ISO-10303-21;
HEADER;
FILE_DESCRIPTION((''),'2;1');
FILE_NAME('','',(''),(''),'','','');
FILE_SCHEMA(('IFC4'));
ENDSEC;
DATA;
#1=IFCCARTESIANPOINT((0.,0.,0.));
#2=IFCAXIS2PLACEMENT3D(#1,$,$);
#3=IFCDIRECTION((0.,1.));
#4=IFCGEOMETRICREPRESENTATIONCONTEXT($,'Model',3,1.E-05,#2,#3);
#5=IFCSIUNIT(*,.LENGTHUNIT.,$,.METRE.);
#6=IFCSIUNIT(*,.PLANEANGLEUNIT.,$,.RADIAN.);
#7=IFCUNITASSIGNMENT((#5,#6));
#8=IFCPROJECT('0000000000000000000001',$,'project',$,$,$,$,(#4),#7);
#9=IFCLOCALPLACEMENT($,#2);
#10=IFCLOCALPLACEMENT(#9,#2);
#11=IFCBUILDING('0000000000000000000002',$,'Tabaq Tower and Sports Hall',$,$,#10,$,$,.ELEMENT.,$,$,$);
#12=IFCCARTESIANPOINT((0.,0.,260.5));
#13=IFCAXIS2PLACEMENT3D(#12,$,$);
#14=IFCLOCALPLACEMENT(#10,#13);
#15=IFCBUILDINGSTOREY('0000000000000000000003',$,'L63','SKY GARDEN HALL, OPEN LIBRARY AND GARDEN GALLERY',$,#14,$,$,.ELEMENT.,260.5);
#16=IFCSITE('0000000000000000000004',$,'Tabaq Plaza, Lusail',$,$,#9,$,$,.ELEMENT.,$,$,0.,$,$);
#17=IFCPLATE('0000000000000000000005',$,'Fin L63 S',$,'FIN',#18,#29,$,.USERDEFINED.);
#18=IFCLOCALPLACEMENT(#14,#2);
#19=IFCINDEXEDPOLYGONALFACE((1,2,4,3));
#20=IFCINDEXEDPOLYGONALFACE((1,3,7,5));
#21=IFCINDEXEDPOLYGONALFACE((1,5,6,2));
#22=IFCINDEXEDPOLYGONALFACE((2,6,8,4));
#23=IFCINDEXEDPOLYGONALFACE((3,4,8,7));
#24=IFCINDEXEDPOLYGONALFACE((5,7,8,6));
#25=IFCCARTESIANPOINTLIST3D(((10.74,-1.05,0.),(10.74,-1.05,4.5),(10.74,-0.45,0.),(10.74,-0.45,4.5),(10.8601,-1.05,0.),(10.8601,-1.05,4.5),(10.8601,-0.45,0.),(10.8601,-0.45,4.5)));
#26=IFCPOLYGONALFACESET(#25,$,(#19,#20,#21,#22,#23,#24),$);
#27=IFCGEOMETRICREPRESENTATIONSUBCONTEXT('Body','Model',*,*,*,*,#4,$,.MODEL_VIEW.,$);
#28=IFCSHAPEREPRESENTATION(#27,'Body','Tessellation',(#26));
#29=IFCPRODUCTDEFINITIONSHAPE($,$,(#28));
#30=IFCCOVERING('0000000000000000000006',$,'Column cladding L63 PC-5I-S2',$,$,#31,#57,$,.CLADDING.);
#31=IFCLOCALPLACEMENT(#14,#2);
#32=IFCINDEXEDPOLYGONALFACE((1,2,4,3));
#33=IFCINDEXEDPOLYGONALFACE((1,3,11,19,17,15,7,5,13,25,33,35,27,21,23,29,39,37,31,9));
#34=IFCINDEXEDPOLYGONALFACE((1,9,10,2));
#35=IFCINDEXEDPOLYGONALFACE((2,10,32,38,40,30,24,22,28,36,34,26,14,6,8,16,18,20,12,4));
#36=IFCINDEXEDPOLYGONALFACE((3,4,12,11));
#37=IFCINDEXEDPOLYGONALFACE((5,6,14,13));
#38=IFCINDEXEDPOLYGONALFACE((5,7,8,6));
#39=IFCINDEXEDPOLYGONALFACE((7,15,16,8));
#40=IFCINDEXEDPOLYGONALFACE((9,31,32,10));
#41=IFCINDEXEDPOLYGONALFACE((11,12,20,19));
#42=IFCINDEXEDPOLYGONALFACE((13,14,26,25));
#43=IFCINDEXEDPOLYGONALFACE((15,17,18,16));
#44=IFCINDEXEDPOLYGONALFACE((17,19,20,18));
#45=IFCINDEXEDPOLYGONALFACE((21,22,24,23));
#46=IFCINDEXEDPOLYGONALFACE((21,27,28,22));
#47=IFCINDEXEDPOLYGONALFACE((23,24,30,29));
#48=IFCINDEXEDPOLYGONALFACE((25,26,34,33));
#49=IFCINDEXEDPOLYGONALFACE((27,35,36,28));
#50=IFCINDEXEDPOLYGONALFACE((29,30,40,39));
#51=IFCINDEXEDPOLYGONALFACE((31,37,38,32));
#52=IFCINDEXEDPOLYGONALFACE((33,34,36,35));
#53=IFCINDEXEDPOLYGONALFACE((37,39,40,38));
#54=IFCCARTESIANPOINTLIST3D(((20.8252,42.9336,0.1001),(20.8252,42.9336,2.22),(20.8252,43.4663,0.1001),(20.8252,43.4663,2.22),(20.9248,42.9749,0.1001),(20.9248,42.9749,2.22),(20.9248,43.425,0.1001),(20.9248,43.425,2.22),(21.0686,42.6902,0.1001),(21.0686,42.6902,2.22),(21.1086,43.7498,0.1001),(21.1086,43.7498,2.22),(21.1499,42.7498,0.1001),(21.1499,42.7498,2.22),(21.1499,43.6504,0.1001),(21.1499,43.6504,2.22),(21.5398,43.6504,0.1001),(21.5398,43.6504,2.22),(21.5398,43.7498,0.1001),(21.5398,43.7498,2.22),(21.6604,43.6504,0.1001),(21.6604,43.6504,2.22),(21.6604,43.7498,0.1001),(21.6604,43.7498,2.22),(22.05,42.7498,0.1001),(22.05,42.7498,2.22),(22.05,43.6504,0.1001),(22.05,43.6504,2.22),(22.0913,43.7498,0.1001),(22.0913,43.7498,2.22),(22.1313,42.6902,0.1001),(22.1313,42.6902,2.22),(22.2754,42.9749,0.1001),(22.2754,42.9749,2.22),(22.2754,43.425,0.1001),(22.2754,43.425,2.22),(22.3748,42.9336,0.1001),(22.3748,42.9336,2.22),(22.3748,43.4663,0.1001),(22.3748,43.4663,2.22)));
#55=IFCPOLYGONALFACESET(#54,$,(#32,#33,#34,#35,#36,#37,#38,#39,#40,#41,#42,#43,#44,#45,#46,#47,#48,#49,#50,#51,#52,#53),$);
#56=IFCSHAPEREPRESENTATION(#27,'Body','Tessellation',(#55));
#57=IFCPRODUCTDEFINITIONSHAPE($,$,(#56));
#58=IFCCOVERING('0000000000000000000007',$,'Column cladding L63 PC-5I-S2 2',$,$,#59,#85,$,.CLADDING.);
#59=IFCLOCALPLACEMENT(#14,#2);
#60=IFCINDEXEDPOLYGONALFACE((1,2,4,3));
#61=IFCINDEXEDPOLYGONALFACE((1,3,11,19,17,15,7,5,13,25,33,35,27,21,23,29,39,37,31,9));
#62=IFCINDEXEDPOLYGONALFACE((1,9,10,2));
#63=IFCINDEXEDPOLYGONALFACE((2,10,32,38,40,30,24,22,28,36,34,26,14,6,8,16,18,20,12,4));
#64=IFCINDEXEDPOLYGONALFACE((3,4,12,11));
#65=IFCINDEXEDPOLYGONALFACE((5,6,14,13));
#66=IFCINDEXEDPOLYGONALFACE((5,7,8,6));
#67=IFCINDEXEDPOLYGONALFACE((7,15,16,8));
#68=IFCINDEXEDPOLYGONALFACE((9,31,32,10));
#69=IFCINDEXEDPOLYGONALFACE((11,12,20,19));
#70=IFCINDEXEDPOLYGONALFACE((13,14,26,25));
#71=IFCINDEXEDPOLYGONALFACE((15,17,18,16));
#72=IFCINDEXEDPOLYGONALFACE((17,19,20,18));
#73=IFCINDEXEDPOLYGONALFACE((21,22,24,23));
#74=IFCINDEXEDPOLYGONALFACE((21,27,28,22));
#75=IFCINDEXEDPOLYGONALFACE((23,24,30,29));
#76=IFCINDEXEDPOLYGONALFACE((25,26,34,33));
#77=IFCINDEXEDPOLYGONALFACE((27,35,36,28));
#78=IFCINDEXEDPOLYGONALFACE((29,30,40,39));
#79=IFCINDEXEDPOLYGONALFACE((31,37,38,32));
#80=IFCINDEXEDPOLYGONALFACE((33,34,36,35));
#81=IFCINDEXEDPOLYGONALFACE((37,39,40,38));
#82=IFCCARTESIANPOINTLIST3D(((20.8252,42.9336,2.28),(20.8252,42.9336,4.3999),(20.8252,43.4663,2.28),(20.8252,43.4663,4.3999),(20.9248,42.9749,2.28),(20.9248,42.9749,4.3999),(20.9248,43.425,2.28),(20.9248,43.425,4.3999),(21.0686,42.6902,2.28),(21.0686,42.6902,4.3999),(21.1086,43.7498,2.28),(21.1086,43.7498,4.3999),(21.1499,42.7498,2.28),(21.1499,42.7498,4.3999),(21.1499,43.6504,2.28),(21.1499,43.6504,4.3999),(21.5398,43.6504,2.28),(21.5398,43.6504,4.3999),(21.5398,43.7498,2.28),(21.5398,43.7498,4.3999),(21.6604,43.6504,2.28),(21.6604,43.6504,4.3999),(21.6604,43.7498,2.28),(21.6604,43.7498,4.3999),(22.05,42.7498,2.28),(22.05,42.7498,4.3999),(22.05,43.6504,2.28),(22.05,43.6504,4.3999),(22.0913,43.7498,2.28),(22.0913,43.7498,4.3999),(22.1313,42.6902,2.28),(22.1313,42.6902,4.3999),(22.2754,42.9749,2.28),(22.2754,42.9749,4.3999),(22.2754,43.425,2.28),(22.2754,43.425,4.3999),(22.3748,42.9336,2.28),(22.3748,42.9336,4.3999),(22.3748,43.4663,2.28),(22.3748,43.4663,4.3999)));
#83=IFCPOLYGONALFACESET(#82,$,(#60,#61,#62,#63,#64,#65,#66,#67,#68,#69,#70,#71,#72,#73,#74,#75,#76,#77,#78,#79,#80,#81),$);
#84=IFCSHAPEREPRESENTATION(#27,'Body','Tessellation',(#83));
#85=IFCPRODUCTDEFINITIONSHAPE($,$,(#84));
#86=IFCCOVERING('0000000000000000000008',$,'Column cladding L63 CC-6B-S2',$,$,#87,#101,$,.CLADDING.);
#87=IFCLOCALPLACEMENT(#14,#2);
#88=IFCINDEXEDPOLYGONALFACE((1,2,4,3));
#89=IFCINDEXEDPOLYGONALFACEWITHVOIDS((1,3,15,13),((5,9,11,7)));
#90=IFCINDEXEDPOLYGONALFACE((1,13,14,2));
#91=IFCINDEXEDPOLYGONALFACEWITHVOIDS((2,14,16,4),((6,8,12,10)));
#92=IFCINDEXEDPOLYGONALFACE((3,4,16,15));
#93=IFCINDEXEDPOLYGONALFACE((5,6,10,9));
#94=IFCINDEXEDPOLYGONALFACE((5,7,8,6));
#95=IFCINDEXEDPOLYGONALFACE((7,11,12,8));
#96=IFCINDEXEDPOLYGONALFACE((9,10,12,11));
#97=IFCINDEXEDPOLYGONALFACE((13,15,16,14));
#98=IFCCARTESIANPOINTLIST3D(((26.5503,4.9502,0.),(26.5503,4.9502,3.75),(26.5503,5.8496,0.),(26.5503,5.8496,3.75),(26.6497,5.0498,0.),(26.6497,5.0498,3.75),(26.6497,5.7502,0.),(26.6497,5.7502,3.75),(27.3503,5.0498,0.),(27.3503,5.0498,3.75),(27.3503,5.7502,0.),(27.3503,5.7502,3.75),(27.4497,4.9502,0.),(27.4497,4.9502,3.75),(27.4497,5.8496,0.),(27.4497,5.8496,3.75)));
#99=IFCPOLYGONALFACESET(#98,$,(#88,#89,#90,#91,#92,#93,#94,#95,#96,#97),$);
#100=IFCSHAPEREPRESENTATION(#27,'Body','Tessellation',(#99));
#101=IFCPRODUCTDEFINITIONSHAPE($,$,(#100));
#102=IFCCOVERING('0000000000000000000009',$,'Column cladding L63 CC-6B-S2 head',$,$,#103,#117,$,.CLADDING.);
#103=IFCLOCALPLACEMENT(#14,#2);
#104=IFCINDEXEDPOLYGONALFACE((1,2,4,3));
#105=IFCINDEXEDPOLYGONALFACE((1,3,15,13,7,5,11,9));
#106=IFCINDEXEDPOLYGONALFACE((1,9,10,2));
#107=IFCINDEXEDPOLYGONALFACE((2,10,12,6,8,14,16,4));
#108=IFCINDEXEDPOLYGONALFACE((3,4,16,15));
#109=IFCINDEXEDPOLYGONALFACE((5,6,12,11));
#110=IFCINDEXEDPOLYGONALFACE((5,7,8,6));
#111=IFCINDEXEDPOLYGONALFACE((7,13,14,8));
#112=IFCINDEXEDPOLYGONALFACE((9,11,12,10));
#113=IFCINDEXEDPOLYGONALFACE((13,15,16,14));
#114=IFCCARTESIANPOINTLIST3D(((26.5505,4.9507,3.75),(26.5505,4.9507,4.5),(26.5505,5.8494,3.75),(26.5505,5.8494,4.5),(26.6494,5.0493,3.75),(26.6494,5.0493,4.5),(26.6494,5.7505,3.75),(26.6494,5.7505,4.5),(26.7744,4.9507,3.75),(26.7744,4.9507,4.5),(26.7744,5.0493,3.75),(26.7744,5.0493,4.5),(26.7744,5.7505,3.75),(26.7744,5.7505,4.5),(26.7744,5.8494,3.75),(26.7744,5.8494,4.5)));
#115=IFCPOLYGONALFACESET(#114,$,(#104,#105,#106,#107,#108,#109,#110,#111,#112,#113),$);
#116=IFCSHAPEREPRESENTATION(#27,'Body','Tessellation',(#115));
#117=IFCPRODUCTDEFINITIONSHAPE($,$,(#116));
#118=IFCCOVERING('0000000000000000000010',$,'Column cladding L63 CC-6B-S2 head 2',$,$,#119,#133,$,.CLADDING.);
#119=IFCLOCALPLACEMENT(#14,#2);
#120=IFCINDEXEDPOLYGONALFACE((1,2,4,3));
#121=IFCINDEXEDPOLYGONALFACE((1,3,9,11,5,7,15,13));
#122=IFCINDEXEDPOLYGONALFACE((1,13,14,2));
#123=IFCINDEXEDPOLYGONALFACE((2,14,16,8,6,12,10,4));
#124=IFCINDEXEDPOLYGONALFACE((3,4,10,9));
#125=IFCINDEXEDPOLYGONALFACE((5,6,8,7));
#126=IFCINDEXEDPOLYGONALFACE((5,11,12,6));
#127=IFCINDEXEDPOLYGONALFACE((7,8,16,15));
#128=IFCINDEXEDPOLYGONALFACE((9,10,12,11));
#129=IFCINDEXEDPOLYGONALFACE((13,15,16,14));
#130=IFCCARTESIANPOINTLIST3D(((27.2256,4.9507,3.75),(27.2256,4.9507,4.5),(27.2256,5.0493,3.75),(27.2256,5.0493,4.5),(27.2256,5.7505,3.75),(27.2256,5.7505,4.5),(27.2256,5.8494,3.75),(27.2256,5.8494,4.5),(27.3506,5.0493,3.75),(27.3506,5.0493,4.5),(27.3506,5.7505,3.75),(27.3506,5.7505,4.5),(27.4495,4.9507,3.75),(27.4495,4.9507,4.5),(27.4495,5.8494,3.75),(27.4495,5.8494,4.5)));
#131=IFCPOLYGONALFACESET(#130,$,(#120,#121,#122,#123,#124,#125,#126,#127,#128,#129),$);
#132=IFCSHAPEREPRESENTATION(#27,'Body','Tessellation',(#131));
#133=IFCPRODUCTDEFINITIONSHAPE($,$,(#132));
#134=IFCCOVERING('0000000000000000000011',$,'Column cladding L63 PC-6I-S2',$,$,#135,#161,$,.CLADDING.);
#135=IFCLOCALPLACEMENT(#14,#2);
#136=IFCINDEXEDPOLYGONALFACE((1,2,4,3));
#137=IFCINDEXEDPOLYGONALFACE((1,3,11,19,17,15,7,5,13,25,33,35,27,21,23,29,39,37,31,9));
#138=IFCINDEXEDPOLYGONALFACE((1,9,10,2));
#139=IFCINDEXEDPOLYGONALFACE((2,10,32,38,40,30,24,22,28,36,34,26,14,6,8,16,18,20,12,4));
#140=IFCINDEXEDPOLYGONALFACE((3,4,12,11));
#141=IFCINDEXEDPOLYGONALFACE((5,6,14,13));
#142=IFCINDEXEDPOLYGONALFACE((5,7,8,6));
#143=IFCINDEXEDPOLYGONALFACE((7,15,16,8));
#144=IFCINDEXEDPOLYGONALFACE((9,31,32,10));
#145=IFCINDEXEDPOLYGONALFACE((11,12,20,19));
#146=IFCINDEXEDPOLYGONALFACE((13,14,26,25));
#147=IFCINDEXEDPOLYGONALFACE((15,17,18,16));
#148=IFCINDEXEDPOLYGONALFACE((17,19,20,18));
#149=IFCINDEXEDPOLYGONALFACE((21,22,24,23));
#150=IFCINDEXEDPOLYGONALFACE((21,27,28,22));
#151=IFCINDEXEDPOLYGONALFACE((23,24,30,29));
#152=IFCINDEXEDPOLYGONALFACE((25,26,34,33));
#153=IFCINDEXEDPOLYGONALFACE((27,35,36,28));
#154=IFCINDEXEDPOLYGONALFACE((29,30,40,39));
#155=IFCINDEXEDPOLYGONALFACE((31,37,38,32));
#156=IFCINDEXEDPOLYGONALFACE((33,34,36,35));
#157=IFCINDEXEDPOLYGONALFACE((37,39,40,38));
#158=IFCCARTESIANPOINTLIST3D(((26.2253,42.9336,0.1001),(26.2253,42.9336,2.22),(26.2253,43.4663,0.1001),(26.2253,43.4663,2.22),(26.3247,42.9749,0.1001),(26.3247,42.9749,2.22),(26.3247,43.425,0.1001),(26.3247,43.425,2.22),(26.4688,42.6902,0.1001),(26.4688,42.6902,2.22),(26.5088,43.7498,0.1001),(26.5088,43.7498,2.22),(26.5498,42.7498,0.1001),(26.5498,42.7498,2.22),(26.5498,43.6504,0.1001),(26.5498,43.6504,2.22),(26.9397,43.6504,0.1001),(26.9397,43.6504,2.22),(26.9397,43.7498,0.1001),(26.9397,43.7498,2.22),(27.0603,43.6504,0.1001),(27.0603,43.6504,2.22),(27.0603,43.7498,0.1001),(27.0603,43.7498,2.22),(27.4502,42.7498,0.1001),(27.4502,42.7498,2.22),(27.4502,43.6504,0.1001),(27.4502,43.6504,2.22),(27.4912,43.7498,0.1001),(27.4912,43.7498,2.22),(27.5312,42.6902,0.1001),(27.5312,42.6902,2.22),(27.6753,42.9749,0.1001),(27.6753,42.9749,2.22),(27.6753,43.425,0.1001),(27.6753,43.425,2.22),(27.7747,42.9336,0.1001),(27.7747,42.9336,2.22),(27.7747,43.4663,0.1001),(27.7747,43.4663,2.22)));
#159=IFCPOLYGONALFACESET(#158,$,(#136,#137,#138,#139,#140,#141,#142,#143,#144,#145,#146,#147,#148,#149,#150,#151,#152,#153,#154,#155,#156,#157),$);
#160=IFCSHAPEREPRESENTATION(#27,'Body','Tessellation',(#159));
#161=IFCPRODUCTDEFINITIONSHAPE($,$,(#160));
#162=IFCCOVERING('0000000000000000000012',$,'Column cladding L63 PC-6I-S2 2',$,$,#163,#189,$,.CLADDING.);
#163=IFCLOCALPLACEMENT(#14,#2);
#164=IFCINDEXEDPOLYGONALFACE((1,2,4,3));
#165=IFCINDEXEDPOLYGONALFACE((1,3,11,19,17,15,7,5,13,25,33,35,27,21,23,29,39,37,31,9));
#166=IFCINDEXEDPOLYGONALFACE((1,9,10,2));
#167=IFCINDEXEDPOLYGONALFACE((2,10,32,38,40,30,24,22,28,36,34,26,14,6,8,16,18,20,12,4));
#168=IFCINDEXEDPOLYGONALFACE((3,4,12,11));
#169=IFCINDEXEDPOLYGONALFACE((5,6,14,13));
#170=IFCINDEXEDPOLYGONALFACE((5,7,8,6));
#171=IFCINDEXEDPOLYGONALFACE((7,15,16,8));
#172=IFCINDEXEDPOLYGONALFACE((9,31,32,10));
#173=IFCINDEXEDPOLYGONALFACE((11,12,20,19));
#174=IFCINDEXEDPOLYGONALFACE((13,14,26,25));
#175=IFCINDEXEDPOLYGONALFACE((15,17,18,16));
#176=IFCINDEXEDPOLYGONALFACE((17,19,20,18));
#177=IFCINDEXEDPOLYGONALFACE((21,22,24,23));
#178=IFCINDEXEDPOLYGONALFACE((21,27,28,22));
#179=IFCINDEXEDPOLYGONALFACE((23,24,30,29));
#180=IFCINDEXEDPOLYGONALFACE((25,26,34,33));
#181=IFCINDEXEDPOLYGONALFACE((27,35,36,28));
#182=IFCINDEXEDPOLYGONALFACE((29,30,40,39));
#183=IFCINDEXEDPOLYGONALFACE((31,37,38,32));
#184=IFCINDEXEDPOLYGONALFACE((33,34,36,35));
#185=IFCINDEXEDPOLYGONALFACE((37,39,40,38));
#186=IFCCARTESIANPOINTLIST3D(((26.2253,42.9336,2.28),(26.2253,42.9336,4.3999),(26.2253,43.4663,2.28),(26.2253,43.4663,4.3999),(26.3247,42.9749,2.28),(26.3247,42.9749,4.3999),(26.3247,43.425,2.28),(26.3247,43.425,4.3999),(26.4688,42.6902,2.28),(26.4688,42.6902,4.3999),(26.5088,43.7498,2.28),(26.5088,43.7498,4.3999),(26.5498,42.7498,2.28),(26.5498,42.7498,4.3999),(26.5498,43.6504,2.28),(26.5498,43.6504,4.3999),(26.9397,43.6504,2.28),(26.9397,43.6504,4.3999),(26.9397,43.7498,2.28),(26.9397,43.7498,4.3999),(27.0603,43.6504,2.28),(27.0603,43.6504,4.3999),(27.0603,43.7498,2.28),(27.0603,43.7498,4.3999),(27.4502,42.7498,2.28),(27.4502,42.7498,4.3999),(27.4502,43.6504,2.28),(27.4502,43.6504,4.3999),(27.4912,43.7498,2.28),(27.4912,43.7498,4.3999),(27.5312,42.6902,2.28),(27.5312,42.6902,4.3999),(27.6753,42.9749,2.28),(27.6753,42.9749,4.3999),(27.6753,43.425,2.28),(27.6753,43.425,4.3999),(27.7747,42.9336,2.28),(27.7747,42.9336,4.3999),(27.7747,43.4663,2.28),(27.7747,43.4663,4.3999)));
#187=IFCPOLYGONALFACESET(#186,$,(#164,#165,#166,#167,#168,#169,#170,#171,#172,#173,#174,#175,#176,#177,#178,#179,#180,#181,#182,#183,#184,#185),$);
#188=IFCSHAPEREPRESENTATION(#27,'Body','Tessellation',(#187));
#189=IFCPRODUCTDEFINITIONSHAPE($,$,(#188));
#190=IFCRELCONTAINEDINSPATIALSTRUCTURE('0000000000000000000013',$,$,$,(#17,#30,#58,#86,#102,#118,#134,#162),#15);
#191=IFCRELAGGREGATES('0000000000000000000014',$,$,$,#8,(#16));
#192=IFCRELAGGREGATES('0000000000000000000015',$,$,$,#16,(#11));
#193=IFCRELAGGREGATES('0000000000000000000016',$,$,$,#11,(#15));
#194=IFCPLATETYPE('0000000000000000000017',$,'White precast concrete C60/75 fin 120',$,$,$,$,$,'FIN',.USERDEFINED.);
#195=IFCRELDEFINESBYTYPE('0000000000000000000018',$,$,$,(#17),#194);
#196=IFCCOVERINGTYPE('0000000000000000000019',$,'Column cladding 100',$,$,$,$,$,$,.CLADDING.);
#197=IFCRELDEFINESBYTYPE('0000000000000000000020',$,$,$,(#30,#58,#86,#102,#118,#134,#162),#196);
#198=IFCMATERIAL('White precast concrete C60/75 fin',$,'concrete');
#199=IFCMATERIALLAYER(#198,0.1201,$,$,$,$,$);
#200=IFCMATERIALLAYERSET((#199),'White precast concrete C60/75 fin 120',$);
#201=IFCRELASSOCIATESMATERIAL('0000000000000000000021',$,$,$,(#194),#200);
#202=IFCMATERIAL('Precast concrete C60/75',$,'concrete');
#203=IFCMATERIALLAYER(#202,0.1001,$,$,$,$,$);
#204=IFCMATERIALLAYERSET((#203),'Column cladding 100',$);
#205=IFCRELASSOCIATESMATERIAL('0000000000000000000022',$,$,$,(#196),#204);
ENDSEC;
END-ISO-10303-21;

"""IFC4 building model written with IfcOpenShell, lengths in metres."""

from ifc_helpers import new_model, si_unit, direction, frame, origin, origin_2d, place, context, subcontext, project, spatial, polyline, rectangle, outline, extrude, material, layer, layer_set, type_object, element, save


model = new_model("IFC4")

# Units and contexts
model_context = context("Model", 3, precision=1e-05, world=origin(), true_north=direction((0.0, 1.0)))
body_context = subcontext(model_context, "Body", "Model", "MODEL_VIEW")
ifc_project = project(units=[si_unit("LENGTHUNIT", "METRE"), si_unit("PLANEANGLEUNIT", "RADIAN")], contexts=[model_context])

# Site, building, storey
site_placement = place(None, origin())
site = spatial("IfcSite", under=ifc_project, at=site_placement, Name="Tabaq Plaza, Lusail", CompositionType="ELEMENT", RefElevation=0.0)
building_placement = place(site_placement, origin())
building = spatial("IfcBuilding", under=site, at=building_placement, Name="Tabaq Tower and Sports Hall", CompositionType="ELEMENT")
storey_placement = place(building_placement, frame((0.0, 0.0, 260.5)))
storey = spatial("IfcBuildingStorey", under=building, at=storey_placement, Name="L63", Description="SKY GARDEN HALL, OPEN LIBRARY AND GARDEN GALLERY", CompositionType="ELEMENT", Elevation=260.5)

# Plate
ifc_material_1 = material(Name="White precast concrete C60/75 fin", Category="concrete")
ifc_layer_1 = layer(ifc_material_1, 0.1201)
ifc_layer_set_1 = layer_set([ifc_layer_1], Name="White precast concrete C60/75 fin 120")
plate_type = type_object("IfcPlateType", Name="White precast concrete C60/75 fin 120", ElementType="FIN", PredefinedType="USERDEFINED", material=ifc_layer_set_1)
plate_placement = place(storey_placement, frame((10.8, -0.75, 0.0), z_axis=(0.0, 0.0, 1.0), x_axis=(1.0, 0.0, 0.0)))
element("IfcPlate", 1, at=plate_placement, inside=storey, type_object=plate_type, Name="Fin L63 S", ObjectType="FIN", PredefinedType="USERDEFINED", context=body_context, shape_type="SweptSolid", body=[
    extrude(rectangle(XDim=0.1201, YDim=0.6001, at=origin_2d()), origin(), (0.0, 0.0, 1.0), 4.5),
])

# Coverings
ifc_material_2 = material(Name="Precast concrete C60/75", Category="concrete")
ifc_layer_2 = layer(ifc_material_2, 0.1001)
ifc_layer_set_2 = layer_set([ifc_layer_2], Name="Column cladding 100")
covering_type = type_object("IfcCoveringType", Name="Column cladding 100", PredefinedType="CLADDING", material=ifc_layer_set_2)
for number, where, name in (
    (2, (0.0, 0.0, 0.1001), "Column cladding L63 PC-5I-S2"),
    (3, (0.0, 0.0, 2.28), "Column cladding L63 PC-5I-S2 2"),
):
    element("IfcCovering", number, at=place(storey_placement, frame(where)), inside=storey, type_object=covering_type, Name=name, PredefinedType="CLADDING", context=body_context, shape_type="SweptSolid", body=[
        extrude(outline(polyline([(20.8252, 43.4663), (21.1086, 43.7498), (21.5398, 43.7498), (21.5398, 43.6504), (21.1499, 43.6504), (20.9248, 43.425), (20.9248, 42.9749), (21.1499, 42.7498), (22.05, 42.7498), (22.2754, 42.9749), (22.2754, 43.425), (22.05, 43.6504), (21.6604, 43.6504), (21.6604, 43.7498), (22.0913, 43.7498), (22.3748, 43.4663), (22.3748, 42.9336), (22.1313, 42.6902), (21.0686, 42.6902), (20.8252, 42.9336), (20.8252, 43.4663)])), origin(), (0.0, 0.0, 1.0), 2.1199),
    ])
covering_1_placement = place(storey_placement, origin())
element("IfcCovering", 4, at=covering_1_placement, inside=storey, type_object=covering_type, Name="Column cladding L63 CC-6B-S2", PredefinedType="CLADDING", context=body_context, shape_type="SweptSolid", body=[
    extrude(outline(polyline([(26.5503, 5.8496), (27.4497, 5.8496), (27.4497, 4.9502), (26.5503, 4.9502), (26.5503, 5.8496)]), holes=[polyline([(27.3503, 5.0498), (27.3503, 5.7502), (26.6497, 5.7502), (26.6497, 5.0498), (27.3503, 5.0498)])]), origin(), (0.0, 0.0, 1.0), 3.75),
])
covering_2_placement = place(storey_placement, frame((0.0, 0.0, 3.75)))
element("IfcCovering", 5, at=covering_2_placement, inside=storey, type_object=covering_type, Name="Column cladding L63 CC-6B-S2 head", PredefinedType="CLADDING", context=body_context, shape_type="SweptSolid", body=[
    extrude(outline(polyline([(26.7744, 5.0493), (26.7744, 4.9507), (26.5505, 4.9507), (26.5505, 5.8494), (26.7744, 5.8494), (26.7744, 5.7505), (26.6494, 5.7505), (26.6494, 5.0493), (26.7744, 5.0493)])), origin(), (0.0, 0.0, 1.0), 0.75),
])
covering_3_placement = place(storey_placement, frame((0.0, 0.0, 3.75)))
element("IfcCovering", 6, at=covering_3_placement, inside=storey, type_object=covering_type, Name="Column cladding L63 CC-6B-S2 head 2", PredefinedType="CLADDING", context=body_context, shape_type="SweptSolid", body=[
    extrude(outline(polyline([(27.2256, 5.0493), (27.3506, 5.0493), (27.3506, 5.7505), (27.2256, 5.7505), (27.2256, 5.8494), (27.4495, 5.8494), (27.4495, 4.9507), (27.2256, 4.9507), (27.2256, 5.0493)])), origin(), (0.0, 0.0, 1.0), 0.75),
])
for number, where, name in (
    (7, (0.0, 0.0, 0.1001), "Column cladding L63 PC-6I-S2"),
    (8, (0.0, 0.0, 2.28), "Column cladding L63 PC-6I-S2 2"),
):
    element("IfcCovering", number, at=place(storey_placement, frame(where)), inside=storey, type_object=covering_type, Name=name, PredefinedType="CLADDING", context=body_context, shape_type="SweptSolid", body=[
        extrude(outline(polyline([(26.2253, 43.4663), (26.5088, 43.7498), (26.9397, 43.7498), (26.9397, 43.6504), (26.5498, 43.6504), (26.3247, 43.425), (26.3247, 42.9749), (26.5498, 42.7498), (27.4502, 42.7498), (27.6753, 42.9749), (27.6753, 43.425), (27.4502, 43.6504), (27.0603, 43.6504), (27.0603, 43.7498), (27.4912, 43.7498), (27.7747, 43.4663), (27.7747, 42.9336), (27.5312, 42.6902), (26.4688, 42.6902), (26.2253, 42.9336), (26.2253, 43.4663)])), origin(), (0.0, 0.0, 1.0), 2.1199),
    ])

save(model, "model.ifc")
